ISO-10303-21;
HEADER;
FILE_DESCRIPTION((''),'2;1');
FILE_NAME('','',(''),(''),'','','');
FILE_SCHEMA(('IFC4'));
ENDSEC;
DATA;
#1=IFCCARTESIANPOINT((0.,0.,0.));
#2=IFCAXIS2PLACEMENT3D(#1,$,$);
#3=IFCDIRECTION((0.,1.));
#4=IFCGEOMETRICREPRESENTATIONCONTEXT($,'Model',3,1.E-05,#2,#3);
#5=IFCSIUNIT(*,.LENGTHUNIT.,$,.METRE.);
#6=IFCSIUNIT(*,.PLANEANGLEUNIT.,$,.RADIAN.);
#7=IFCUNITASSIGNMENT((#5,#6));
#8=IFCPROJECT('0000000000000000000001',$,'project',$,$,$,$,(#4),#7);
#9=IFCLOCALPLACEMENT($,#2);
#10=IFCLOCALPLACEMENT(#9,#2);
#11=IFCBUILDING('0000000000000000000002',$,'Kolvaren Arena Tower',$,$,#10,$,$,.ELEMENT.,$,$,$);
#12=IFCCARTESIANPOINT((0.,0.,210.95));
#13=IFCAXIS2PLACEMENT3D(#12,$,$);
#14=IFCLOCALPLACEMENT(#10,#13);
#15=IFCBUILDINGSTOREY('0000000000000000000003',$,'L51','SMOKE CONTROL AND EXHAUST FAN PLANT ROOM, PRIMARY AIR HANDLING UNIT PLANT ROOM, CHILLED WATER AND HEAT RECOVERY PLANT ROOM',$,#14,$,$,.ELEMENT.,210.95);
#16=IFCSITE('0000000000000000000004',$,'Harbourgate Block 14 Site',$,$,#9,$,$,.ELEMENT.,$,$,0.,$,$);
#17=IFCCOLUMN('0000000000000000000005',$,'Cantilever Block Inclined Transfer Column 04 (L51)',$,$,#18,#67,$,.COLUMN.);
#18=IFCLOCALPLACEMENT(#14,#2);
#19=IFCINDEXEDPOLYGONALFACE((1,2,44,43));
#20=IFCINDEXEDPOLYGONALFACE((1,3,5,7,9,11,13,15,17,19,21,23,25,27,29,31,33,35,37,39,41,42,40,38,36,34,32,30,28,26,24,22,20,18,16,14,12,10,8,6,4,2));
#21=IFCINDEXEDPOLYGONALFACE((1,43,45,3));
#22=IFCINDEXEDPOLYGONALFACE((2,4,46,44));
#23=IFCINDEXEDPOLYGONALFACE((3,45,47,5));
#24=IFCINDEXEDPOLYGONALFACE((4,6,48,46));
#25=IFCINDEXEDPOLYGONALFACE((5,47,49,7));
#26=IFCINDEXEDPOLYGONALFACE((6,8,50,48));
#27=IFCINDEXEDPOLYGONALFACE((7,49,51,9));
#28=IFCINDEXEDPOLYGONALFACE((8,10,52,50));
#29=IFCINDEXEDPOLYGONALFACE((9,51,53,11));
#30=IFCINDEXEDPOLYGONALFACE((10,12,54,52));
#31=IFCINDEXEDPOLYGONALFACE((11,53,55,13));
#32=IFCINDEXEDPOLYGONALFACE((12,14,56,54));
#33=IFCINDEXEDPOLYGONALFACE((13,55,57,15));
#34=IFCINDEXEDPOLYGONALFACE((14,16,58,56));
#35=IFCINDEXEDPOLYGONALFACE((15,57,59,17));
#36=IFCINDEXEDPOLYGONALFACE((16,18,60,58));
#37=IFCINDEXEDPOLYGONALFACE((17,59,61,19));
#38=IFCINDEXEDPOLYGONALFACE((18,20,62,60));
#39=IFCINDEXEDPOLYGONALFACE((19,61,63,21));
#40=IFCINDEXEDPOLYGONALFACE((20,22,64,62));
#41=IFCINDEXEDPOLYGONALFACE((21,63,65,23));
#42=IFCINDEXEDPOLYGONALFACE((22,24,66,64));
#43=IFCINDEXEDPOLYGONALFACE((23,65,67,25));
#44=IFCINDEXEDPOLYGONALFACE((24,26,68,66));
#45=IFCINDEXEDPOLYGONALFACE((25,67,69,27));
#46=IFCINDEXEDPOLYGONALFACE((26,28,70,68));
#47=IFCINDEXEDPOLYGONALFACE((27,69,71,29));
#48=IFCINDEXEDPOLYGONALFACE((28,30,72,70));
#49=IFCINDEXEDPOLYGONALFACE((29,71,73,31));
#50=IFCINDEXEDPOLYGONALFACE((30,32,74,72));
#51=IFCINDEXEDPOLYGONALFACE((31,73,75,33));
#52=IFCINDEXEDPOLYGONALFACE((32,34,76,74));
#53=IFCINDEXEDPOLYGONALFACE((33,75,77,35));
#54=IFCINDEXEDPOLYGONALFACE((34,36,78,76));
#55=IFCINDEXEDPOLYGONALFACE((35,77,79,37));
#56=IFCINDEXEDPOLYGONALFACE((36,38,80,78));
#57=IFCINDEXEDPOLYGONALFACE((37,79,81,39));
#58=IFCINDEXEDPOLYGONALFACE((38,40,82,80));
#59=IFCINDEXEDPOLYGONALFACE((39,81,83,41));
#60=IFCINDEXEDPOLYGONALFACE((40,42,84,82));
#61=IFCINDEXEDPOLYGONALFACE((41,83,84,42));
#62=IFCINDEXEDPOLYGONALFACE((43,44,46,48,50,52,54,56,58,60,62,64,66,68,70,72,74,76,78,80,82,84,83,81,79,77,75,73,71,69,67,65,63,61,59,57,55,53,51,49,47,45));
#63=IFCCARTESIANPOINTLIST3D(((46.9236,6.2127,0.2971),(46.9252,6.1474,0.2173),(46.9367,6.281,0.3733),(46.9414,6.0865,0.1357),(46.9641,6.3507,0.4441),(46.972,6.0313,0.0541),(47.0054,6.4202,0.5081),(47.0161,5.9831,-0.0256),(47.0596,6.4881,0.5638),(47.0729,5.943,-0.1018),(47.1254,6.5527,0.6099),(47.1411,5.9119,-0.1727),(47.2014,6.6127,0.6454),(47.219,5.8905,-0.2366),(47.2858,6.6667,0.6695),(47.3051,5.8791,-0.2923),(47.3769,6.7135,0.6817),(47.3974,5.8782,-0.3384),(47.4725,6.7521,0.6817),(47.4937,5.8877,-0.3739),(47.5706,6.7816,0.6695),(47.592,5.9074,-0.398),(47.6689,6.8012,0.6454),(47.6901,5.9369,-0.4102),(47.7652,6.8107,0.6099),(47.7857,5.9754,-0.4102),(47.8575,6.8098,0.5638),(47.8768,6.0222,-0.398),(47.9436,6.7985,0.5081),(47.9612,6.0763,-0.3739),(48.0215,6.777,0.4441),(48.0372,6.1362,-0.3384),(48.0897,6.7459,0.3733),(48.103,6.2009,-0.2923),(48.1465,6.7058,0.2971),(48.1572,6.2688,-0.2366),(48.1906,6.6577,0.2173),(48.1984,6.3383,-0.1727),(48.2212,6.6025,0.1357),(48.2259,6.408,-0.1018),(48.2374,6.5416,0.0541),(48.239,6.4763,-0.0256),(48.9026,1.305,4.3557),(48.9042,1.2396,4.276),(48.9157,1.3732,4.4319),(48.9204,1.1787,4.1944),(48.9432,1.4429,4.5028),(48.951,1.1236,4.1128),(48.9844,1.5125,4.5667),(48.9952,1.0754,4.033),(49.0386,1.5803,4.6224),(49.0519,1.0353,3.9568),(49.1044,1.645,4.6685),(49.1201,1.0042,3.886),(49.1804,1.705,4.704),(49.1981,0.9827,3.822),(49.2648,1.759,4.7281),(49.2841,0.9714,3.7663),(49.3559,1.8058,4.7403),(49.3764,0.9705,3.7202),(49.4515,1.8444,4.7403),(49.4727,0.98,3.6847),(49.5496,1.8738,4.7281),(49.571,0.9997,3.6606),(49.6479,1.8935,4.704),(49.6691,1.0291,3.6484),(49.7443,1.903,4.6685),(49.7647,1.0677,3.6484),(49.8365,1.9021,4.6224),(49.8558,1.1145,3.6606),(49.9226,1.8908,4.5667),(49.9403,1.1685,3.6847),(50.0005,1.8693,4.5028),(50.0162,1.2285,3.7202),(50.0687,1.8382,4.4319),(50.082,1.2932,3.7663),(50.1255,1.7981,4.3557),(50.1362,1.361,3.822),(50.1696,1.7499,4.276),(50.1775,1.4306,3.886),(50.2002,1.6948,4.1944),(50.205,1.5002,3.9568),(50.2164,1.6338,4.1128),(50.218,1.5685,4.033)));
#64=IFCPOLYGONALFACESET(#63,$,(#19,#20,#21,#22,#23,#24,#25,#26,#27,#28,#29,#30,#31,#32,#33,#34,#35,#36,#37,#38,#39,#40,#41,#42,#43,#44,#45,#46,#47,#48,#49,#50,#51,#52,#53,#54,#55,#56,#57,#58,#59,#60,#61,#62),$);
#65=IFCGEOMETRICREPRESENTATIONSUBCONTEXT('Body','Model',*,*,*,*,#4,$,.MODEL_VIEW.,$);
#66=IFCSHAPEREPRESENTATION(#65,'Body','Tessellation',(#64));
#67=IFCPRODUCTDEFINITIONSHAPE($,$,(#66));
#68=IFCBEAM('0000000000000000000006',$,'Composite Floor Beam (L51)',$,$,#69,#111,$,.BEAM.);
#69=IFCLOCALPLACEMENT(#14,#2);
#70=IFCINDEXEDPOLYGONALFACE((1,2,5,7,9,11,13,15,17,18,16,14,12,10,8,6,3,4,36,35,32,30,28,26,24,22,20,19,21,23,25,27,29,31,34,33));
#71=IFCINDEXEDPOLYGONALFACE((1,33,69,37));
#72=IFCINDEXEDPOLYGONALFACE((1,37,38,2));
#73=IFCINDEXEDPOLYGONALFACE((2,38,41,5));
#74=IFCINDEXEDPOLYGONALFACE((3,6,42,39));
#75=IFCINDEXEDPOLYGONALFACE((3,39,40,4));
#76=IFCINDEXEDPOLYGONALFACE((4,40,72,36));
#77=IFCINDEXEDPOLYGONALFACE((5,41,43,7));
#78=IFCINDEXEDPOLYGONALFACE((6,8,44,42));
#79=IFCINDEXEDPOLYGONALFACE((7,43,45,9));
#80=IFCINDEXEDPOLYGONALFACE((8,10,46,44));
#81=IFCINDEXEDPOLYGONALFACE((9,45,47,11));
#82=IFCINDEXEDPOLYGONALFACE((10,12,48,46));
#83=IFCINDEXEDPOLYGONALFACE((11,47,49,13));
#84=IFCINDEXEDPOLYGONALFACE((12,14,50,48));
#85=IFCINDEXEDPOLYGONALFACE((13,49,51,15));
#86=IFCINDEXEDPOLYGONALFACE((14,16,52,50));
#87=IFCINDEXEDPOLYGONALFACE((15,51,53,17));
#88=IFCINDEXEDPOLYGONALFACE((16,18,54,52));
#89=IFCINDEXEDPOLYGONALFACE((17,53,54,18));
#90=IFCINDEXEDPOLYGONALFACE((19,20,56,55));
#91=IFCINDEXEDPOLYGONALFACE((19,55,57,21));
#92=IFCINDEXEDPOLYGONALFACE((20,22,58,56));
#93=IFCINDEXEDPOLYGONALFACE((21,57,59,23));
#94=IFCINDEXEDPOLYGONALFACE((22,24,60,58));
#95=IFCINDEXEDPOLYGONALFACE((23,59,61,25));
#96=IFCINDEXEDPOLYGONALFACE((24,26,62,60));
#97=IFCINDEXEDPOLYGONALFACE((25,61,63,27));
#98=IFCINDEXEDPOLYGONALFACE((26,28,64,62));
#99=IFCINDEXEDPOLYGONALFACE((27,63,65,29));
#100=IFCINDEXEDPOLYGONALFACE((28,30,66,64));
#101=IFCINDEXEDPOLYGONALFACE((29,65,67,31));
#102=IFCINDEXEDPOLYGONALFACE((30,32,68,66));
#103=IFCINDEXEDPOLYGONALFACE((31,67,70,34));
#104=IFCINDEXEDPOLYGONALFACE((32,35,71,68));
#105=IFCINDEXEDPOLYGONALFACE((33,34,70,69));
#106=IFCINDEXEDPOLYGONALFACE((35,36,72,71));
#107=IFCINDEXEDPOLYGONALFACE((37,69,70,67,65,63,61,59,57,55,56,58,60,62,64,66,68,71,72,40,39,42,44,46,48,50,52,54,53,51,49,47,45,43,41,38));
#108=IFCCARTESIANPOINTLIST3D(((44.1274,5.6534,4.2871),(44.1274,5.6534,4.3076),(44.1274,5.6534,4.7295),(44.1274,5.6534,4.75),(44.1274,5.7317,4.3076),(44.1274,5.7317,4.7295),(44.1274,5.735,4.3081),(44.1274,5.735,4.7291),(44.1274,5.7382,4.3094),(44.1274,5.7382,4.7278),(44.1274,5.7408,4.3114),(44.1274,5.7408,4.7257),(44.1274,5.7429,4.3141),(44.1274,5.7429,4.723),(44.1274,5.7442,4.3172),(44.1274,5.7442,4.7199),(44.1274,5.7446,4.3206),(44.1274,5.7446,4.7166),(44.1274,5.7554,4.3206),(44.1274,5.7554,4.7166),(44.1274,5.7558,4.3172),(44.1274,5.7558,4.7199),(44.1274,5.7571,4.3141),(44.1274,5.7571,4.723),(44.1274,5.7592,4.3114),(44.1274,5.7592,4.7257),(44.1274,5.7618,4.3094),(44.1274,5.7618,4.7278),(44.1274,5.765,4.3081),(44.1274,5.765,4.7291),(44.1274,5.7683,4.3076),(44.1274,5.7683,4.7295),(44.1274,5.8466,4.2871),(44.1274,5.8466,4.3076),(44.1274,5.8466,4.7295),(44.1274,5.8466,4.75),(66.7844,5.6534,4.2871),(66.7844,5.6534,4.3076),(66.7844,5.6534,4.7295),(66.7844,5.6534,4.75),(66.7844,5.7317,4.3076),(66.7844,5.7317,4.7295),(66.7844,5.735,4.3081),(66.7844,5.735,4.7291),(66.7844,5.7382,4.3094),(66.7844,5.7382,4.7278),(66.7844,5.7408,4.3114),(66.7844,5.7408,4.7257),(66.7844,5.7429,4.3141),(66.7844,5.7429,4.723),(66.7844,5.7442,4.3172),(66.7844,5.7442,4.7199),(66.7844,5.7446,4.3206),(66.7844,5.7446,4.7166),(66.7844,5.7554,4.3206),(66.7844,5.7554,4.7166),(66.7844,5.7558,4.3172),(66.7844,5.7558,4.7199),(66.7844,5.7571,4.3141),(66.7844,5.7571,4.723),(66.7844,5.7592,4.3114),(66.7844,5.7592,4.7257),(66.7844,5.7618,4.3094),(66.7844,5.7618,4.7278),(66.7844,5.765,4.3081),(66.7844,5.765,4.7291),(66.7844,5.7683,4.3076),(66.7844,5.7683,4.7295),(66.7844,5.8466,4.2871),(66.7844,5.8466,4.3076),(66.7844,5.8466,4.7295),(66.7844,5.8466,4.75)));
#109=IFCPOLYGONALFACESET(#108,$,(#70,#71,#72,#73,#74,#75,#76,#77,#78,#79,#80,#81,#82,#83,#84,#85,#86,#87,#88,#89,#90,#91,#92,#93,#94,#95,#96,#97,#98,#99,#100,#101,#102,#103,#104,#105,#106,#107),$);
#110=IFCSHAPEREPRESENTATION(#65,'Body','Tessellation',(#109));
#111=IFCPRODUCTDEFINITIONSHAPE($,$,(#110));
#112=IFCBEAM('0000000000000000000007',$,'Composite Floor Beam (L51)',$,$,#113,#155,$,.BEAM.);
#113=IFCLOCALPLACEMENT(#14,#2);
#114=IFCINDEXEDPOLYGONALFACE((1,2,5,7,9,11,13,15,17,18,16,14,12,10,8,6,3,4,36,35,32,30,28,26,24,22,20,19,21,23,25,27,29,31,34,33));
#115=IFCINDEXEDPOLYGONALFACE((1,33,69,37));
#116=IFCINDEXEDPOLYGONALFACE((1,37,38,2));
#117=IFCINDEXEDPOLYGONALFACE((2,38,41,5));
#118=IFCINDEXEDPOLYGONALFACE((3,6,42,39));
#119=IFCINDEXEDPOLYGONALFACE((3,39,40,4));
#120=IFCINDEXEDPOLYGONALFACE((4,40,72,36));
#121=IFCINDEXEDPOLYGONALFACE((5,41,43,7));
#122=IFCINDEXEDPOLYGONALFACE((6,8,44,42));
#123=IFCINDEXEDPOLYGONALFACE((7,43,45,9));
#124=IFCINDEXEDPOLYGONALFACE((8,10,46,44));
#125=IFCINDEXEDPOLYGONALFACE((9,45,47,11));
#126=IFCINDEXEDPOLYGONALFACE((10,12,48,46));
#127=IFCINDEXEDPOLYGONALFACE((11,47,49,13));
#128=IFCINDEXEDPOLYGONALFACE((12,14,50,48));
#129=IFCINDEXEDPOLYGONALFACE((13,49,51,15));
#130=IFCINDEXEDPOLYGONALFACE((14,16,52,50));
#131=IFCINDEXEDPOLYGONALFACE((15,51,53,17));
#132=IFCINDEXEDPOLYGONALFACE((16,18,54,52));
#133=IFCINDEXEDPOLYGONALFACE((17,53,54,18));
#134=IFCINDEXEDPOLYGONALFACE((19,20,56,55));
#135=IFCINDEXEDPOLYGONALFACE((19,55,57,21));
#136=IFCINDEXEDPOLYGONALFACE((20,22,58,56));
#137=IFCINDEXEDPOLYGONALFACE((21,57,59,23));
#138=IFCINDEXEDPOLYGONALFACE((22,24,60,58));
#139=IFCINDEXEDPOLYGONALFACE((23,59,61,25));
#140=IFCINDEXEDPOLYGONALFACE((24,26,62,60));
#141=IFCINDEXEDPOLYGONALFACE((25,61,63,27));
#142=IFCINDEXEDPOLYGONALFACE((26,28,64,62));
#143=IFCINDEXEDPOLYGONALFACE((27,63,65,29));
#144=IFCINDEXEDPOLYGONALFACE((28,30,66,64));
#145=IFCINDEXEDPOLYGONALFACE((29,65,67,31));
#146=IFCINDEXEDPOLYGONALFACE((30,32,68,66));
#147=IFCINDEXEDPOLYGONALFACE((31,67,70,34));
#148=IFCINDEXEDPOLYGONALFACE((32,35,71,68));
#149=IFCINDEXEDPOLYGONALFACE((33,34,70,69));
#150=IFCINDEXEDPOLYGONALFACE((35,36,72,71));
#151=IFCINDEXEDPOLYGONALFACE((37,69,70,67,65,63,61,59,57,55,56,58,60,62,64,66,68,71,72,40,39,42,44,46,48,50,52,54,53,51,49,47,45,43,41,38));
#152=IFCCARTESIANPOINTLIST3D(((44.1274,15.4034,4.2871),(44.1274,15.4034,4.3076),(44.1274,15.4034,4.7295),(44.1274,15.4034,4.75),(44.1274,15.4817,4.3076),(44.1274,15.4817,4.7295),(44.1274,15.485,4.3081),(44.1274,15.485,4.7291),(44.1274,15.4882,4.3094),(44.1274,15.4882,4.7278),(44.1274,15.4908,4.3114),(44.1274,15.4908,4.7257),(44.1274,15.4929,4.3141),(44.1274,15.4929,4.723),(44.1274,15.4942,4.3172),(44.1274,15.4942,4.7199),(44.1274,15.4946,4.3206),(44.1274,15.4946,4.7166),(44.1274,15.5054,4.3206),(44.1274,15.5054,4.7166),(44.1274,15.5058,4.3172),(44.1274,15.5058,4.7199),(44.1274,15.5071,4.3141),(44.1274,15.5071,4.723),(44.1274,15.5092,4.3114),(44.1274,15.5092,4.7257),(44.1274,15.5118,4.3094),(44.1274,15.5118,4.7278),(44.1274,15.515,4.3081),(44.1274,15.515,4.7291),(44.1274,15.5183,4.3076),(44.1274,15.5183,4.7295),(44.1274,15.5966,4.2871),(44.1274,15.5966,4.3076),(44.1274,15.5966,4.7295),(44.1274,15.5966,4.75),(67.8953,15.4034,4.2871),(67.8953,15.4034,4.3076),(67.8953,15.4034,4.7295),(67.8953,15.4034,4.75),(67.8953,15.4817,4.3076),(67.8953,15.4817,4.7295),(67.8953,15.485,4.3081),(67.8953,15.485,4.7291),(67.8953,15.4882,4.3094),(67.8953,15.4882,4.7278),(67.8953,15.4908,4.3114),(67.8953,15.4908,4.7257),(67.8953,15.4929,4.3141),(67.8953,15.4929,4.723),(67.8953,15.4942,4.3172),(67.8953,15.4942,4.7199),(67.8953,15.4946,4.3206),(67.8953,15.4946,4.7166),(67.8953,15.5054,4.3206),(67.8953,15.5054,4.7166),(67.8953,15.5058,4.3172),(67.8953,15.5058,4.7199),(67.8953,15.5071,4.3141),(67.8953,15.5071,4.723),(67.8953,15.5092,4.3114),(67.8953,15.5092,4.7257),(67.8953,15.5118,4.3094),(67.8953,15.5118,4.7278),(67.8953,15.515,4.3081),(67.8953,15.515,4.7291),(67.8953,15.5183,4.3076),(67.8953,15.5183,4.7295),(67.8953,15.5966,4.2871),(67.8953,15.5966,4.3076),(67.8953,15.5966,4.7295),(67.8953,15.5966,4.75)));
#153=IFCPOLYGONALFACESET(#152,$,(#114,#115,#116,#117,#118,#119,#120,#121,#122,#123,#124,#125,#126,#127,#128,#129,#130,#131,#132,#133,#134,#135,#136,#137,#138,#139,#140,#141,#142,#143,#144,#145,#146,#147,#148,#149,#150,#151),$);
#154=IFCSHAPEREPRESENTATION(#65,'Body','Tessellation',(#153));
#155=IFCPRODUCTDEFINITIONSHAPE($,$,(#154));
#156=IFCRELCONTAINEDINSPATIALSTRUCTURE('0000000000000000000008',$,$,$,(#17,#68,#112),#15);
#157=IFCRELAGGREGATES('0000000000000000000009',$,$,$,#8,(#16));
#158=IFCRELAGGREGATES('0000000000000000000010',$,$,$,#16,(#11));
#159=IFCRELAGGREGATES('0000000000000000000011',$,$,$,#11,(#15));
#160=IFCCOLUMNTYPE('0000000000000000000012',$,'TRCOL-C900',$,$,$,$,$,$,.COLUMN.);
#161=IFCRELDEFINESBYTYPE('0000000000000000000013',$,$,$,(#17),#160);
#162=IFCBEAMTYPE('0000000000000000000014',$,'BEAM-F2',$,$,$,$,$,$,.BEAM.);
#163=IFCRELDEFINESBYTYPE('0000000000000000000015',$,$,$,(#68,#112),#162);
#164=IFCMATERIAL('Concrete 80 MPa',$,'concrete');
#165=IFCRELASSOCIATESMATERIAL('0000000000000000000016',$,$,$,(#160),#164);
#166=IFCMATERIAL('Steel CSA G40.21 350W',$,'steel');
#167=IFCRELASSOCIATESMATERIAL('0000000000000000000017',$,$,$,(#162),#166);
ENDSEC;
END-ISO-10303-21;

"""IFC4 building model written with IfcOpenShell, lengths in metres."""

from ifc_helpers import new_model, si_unit, direction, frame, origin, origin_2d, place, context, subcontext, project, spatial, circle, i_section, extrude, material, material_profile, profile_set, type_object, element, save


model = new_model("IFC4")

# Units and contexts
model_context = context("Model", 3, precision=1e-05, world=origin(), true_north=direction((0.0, 1.0)))
body_context = subcontext(model_context, "Body", "Model", "MODEL_VIEW")
ifc_project = project(units=[si_unit("LENGTHUNIT", "METRE"), si_unit("PLANEANGLEUNIT", "RADIAN")], contexts=[model_context])

# Site, building, storey
site_placement = place(None, origin())
site = spatial("IfcSite", under=ifc_project, at=site_placement, Name="Harbourgate Block 14 Site", CompositionType="ELEMENT", RefElevation=0.0)
building_placement = place(site_placement, origin())
building = spatial("IfcBuilding", under=site, at=building_placement, Name="Kolvaren Arena Tower", CompositionType="ELEMENT")
storey_placement = place(building_placement, frame((0.0, 0.0, 210.95)))
storey = spatial("IfcBuildingStorey", under=building, at=storey_placement, Name="L51", Description="SMOKE CONTROL AND EXHAUST FAN PLANT ROOM, PRIMARY AIR HANDLING UNIT PLANT ROOM, CHILLED WATER AND HEAT RECOVERY PLANT ROOM", CompositionType="ELEMENT", Elevation=210.95)

# Column
ifc_material_1 = material(Name="Concrete 80 MPa", Category="concrete")
ifc_material_profile_1 = material_profile(ifc_material_1, circle(Radius=0.6899, at=origin_2d()), Name="RC-CIRC-1380")
ifc_profile_set_1 = profile_set([ifc_material_profile_1], Name="Concrete 80 MPa")
column_type = type_object("IfcColumnType", Name="TRCOL-C900", PredefinedType="COLUMN", material=ifc_profile_set_1)
column_placement = place(storey_placement, frame((47.5813, 6.3445, 0.1357), z_axis=(0.296751, -0.73591, 0.608585), x_axis=(0.927436, 0.373982, 0.0)))
element("IfcColumn", 1, at=column_placement, inside=storey, type_object=column_type, Name="Cantilever Block Inclined Transfer Column 04 (L51)", PredefinedType="COLUMN", context=body_context, shape_type="SweptSolid", body=[
    extrude(circle(Radius=0.6899, at=origin_2d()), origin(), (0.0, 0.0, 1.0), 6.6689),
])

# Beams
ifc_material_2 = material(Name="Steel CSA G40.21 350W", Category="steel")
ifc_material_profile_2 = material_profile(ifc_material_2, i_section(OverallWidth=0.1931, OverallDepth=0.4629, WebThickness=0.0107, FlangeThickness=0.0205, FilletRadius=0.0129, at=origin_2d()), Name="W460x113")
ifc_profile_set_2 = profile_set([ifc_material_profile_2], Name="Steel CSA G40.21 350W")
beam_type_1 = type_object("IfcBeamType", Name="BEAM-F2", PredefinedType="BEAM", material=ifc_profile_set_2)
beam_1_placement = place(storey_placement, frame((44.1274, 5.75, 4.5186), z_axis=(1.0, 0.0, 0.0), x_axis=(0.0, 1.0, 0.0)))
element("IfcBeam", 2, at=beam_1_placement, inside=storey, type_object=beam_type_1, Name="Composite Floor Beam (L51)", PredefinedType="BEAM", context=body_context, shape_type="SweptSolid", body=[
    extrude(i_section(OverallWidth=0.1931, OverallDepth=0.4629, WebThickness=0.0107, FlangeThickness=0.0205, FilletRadius=0.0129, at=origin_2d()), origin(), (0.0, 0.0, 1.0), 22.657),
])
beam_2_placement = place(storey_placement, frame((44.1274, 15.5, 4.5186), z_axis=(1.0, 0.0, 0.0), x_axis=(0.0, 1.0, 0.0)))
element("IfcBeam", 3, at=beam_2_placement, inside=storey, type_object=beam_type_1, Name="Composite Floor Beam (L51)", PredefinedType="BEAM", context=body_context, shape_type="SweptSolid", body=[
    extrude(i_section(OverallWidth=0.1931, OverallDepth=0.4629, WebThickness=0.0107, FlangeThickness=0.0205, FilletRadius=0.0129, at=origin_2d()), origin(), (0.0, 0.0, 1.0), 23.7678),
])

save(model, "model.ifc")
